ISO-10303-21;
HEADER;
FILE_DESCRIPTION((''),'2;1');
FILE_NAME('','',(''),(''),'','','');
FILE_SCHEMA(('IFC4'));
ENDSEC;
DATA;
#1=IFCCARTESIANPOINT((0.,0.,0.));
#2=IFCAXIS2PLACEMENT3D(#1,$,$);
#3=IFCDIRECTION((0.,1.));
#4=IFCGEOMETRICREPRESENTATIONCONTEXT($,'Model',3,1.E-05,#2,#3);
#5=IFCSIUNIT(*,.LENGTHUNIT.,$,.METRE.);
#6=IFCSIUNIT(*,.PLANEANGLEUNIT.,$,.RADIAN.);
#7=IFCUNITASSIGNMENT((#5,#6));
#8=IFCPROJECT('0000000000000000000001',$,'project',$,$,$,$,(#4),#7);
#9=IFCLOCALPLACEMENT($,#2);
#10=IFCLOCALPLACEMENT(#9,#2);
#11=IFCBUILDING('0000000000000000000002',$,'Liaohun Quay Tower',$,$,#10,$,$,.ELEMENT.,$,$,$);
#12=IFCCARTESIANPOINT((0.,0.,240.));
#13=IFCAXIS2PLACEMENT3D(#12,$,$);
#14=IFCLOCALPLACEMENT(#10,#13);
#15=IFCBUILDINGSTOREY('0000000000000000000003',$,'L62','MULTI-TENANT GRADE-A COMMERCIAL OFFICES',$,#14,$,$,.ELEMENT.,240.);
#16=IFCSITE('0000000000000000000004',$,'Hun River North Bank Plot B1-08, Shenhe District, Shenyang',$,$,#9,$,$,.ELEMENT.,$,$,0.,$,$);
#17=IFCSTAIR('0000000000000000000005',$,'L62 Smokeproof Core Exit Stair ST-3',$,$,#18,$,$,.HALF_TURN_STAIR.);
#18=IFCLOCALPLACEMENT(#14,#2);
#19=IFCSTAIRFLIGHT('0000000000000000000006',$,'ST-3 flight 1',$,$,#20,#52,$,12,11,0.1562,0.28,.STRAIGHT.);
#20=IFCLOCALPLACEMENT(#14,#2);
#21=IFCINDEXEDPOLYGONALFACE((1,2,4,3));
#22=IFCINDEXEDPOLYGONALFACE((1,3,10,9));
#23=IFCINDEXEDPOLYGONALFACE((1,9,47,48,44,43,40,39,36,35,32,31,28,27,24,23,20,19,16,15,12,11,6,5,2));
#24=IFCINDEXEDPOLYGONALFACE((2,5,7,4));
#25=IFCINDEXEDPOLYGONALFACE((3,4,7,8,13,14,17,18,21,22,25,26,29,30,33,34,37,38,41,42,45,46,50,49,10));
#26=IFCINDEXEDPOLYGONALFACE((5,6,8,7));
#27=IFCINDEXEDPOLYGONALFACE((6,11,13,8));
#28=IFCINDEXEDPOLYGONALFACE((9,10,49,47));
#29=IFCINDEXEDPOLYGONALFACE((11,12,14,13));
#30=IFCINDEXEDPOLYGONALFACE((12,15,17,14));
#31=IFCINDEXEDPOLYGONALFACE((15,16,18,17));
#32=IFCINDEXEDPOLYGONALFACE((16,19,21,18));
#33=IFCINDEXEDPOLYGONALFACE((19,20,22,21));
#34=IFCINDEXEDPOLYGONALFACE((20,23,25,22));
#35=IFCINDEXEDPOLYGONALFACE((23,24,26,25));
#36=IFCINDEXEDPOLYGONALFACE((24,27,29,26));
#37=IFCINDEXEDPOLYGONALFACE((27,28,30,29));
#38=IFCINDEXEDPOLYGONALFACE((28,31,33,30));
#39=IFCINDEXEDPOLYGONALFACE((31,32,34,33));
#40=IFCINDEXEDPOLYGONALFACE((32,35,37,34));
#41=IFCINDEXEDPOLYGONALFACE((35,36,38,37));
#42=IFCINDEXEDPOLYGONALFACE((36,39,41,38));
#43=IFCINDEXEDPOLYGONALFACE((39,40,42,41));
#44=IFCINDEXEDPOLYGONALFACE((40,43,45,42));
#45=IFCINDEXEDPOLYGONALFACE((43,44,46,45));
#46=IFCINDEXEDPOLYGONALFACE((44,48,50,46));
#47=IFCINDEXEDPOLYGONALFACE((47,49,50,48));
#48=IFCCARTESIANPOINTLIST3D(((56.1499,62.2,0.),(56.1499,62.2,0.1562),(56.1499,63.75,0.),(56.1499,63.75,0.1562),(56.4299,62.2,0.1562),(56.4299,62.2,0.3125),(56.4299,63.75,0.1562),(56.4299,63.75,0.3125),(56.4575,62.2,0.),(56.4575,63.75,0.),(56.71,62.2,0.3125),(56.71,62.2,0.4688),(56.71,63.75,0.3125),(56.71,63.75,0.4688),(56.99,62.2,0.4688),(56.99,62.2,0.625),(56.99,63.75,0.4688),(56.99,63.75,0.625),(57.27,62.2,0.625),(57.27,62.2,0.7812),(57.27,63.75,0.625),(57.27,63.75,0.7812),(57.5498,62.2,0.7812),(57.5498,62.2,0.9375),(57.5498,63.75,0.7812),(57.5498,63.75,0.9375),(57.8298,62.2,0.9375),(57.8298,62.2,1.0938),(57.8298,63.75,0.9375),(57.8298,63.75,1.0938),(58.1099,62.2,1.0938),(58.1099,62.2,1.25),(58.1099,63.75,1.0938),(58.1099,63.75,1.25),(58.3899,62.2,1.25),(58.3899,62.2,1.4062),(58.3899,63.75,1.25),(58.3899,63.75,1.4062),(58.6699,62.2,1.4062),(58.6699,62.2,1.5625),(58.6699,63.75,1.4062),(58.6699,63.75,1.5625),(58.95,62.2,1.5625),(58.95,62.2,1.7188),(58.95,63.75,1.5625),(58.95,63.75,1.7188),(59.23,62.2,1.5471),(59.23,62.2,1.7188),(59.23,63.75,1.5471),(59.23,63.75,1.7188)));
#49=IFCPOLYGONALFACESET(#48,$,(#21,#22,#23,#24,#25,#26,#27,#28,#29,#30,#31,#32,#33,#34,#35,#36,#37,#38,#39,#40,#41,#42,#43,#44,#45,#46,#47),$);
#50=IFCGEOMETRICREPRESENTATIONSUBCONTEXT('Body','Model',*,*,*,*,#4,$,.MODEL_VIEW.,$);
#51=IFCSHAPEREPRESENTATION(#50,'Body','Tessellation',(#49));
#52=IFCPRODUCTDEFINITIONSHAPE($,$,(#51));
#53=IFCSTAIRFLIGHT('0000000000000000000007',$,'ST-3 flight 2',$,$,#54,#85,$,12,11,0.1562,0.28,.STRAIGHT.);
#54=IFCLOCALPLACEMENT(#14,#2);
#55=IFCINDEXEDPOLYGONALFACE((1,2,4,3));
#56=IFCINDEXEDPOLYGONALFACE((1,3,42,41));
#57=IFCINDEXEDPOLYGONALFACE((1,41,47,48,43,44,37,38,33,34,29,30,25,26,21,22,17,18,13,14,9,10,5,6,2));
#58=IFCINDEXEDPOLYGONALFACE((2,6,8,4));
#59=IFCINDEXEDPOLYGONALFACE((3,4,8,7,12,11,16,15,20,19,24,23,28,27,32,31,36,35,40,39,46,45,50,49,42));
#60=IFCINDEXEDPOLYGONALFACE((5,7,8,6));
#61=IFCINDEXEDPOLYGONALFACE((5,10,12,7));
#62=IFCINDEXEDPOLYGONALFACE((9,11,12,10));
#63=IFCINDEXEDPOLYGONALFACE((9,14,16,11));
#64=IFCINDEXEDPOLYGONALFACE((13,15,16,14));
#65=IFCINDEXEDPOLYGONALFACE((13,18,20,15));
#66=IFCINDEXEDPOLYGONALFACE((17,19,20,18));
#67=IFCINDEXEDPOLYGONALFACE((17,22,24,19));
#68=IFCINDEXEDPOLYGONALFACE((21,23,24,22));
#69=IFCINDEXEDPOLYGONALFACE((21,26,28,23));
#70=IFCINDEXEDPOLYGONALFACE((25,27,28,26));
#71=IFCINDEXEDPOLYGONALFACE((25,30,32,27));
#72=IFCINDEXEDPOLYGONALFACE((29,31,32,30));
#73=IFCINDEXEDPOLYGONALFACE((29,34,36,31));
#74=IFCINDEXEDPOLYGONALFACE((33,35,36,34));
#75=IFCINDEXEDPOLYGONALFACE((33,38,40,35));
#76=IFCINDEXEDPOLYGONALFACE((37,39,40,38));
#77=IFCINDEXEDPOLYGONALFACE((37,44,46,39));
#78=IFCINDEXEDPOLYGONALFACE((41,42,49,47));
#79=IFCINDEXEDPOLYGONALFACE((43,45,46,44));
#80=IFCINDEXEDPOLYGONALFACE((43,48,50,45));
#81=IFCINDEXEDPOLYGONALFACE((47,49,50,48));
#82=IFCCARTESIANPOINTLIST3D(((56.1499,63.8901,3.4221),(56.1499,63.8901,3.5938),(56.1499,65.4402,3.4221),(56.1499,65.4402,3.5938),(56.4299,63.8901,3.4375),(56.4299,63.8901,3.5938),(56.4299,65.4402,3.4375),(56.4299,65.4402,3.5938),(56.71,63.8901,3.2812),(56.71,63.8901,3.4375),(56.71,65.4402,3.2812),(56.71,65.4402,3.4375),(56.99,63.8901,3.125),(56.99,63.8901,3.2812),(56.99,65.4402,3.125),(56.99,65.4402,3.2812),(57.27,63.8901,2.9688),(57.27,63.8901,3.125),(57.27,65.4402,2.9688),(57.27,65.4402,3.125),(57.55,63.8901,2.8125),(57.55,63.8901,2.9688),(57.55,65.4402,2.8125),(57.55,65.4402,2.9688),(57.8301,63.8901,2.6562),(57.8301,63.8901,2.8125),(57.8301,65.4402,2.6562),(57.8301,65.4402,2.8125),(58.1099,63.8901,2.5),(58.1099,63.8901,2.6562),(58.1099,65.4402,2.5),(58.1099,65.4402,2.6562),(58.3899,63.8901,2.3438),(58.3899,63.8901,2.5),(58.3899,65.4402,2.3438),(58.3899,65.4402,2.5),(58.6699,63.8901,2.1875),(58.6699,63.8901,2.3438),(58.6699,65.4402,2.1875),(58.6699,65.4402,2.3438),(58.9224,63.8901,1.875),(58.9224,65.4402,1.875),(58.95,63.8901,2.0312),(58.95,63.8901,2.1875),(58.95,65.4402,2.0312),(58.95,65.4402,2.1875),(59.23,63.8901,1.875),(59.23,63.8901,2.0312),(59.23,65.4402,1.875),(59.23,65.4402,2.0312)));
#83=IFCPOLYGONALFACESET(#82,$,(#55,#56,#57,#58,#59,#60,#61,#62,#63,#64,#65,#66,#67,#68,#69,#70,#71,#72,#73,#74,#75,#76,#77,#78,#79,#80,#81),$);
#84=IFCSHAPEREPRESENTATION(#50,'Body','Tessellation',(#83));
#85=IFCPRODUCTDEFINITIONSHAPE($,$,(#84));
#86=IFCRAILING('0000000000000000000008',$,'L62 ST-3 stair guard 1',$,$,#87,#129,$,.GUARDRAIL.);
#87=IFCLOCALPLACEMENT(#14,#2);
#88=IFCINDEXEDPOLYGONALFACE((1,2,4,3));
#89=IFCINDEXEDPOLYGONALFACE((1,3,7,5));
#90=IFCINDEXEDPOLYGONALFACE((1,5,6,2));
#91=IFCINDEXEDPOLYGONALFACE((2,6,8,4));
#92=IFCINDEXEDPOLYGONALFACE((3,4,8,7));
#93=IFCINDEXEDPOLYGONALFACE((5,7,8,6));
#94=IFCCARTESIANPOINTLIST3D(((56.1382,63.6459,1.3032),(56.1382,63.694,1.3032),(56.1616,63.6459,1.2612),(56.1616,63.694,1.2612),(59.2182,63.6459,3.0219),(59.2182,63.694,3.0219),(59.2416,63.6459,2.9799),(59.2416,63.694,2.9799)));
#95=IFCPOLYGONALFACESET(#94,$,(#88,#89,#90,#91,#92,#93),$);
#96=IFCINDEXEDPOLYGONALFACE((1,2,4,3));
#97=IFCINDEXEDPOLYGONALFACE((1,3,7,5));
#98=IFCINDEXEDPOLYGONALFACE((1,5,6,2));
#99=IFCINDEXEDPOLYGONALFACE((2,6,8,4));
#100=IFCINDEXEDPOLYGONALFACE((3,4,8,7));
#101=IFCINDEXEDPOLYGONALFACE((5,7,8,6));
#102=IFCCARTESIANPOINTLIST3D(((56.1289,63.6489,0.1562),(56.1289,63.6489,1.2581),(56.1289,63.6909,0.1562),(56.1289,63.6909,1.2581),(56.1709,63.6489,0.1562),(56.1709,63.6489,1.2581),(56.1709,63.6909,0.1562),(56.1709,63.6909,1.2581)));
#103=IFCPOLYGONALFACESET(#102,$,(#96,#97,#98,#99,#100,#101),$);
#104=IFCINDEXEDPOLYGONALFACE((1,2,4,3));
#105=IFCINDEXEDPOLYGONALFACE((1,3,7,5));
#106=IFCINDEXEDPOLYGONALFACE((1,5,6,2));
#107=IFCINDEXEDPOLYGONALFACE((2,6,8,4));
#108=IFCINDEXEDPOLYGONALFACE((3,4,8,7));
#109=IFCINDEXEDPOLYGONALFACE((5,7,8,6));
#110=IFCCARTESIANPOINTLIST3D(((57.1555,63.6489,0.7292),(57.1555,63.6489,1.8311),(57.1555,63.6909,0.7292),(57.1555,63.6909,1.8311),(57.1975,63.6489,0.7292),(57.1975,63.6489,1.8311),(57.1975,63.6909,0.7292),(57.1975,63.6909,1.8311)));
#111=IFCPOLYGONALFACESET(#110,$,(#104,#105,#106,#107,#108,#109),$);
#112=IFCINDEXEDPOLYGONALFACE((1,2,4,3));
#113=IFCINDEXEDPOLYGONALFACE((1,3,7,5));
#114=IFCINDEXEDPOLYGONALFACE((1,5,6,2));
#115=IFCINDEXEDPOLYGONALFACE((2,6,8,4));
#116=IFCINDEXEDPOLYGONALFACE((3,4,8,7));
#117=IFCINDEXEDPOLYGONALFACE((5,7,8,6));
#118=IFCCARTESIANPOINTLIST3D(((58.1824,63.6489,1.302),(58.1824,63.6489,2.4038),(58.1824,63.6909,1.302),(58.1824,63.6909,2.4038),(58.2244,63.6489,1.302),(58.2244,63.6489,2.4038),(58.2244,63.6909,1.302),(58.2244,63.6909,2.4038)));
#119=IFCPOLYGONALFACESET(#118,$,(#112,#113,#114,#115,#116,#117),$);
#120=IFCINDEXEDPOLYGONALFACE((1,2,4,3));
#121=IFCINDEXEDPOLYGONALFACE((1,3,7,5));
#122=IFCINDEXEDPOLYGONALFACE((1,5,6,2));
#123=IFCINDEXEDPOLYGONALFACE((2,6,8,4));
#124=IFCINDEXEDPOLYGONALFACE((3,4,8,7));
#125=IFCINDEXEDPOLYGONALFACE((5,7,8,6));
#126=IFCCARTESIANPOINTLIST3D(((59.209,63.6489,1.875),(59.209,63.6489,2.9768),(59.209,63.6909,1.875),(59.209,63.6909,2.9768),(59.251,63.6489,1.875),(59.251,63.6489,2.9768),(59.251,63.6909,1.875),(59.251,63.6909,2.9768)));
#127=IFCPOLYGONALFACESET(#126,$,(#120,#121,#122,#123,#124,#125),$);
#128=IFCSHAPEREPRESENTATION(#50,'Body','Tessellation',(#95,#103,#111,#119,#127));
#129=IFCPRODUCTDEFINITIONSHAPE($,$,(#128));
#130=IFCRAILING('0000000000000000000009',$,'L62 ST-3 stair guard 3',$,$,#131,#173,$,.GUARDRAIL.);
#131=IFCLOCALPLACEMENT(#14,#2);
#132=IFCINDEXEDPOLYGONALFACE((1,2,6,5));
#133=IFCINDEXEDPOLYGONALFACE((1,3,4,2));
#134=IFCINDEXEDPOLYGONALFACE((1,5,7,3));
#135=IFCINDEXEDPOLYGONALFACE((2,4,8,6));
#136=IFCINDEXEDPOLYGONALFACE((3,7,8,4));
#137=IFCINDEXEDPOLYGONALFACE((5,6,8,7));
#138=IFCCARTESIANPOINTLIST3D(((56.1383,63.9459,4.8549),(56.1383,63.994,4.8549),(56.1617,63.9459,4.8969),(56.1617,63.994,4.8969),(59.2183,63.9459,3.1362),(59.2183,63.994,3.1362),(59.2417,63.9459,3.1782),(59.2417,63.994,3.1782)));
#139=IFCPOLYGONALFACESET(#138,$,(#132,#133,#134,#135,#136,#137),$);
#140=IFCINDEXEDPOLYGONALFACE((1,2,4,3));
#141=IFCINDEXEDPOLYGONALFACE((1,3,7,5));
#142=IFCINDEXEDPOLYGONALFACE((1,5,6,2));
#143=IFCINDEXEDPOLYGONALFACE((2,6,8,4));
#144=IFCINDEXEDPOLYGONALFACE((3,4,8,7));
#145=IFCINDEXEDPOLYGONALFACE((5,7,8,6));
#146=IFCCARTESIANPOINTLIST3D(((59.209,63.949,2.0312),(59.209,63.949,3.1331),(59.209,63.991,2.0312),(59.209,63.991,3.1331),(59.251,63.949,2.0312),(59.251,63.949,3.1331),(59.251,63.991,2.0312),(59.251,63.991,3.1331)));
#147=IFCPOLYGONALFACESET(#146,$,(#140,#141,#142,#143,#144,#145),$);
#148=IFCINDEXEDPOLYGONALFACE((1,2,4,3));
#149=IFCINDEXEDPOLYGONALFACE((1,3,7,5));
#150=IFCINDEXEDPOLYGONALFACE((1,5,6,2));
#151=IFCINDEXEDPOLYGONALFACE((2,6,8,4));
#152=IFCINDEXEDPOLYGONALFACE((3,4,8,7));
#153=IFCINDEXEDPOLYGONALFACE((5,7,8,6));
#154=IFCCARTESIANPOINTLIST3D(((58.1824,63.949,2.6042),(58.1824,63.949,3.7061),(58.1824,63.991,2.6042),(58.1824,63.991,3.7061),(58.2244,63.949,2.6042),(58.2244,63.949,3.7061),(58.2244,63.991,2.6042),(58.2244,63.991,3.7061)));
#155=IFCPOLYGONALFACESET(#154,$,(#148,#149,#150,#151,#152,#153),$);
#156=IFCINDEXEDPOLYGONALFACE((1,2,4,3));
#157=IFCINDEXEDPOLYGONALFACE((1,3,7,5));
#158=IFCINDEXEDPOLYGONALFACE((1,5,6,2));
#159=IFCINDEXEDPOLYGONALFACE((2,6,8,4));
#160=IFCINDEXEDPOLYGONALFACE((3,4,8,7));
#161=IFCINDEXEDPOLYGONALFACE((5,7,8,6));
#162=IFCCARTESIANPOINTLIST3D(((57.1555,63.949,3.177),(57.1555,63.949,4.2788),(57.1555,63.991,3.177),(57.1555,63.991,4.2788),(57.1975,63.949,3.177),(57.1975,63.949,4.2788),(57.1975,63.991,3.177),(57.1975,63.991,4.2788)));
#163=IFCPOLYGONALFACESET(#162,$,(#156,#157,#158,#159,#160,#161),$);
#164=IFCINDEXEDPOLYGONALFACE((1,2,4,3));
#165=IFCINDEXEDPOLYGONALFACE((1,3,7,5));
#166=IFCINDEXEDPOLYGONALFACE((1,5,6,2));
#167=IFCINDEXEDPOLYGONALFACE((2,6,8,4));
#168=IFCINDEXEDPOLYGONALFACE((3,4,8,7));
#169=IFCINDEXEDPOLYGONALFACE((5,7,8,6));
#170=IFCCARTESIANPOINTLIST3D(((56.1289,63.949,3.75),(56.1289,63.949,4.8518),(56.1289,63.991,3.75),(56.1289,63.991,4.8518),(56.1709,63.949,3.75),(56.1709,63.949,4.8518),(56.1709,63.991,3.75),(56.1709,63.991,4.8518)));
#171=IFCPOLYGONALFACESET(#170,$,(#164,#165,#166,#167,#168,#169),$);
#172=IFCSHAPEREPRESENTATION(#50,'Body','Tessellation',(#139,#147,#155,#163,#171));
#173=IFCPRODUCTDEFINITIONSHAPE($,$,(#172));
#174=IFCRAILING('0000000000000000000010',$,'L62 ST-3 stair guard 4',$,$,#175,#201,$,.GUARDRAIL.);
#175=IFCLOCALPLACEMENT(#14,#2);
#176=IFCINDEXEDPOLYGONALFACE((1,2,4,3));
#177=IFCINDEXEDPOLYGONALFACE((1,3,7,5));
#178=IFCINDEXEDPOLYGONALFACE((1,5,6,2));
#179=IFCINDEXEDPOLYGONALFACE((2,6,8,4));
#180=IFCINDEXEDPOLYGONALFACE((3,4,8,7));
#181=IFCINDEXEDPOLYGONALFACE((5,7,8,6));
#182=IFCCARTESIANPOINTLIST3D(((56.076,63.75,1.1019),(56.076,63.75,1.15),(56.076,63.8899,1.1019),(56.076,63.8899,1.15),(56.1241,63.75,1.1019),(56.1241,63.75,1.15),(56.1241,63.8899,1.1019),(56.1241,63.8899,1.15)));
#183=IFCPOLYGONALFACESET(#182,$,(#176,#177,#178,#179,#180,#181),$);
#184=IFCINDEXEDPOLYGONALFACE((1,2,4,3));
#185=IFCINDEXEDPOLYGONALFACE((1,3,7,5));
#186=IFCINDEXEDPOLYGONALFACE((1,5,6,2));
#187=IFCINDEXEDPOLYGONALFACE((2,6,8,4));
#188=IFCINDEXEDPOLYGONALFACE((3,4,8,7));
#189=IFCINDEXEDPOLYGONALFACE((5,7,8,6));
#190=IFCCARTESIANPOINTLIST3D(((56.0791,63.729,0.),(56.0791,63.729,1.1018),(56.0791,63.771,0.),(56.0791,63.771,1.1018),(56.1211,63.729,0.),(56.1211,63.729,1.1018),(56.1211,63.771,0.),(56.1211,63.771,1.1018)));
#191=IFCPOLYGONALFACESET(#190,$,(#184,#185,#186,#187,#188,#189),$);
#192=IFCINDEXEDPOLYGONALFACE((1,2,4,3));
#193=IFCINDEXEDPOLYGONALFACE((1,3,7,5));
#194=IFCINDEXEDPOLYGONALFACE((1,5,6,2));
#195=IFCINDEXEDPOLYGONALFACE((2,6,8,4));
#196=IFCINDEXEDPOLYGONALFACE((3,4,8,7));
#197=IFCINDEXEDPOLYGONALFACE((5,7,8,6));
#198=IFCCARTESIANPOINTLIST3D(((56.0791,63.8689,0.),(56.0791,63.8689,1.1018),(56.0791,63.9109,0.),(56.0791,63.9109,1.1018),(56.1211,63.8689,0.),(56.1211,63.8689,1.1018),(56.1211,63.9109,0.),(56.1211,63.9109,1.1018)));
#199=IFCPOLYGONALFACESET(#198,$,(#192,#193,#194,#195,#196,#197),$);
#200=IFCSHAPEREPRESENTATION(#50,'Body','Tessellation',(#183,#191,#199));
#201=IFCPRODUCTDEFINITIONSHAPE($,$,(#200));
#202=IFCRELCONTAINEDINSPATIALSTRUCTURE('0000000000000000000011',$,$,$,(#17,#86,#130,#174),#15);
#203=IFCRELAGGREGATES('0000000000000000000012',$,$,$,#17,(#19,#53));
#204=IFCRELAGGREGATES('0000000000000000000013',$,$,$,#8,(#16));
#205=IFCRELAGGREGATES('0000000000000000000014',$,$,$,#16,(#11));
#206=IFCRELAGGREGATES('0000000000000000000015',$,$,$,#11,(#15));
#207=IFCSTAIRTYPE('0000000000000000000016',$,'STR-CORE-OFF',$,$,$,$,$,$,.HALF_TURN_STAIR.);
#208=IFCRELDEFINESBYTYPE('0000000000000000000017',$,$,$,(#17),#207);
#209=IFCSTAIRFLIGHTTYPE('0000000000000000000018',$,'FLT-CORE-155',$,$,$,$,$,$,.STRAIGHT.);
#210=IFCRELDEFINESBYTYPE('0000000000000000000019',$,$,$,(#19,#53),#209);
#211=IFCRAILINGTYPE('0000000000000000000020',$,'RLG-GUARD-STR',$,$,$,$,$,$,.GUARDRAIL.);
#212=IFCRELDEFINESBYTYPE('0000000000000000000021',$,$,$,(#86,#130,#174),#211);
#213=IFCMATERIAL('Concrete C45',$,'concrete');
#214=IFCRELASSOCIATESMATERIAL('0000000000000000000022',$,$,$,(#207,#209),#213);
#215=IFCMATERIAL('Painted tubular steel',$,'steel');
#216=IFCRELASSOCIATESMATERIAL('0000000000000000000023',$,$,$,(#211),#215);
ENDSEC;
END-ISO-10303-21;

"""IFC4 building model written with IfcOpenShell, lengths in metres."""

from ifc_helpers import new_model, si_unit, direction, frame, origin, origin_2d, place, context, subcontext, project, spatial, polyline, rectangle, outline, extrude, material, type_object, element, aggregate, save


model = new_model("IFC4")

# Units and contexts
model_context = context("Model", 3, precision=1e-05, world=origin(), true_north=direction((0.0, 1.0)))
body_context = subcontext(model_context, "Body", "Model", "MODEL_VIEW")
ifc_project = project(units=[si_unit("LENGTHUNIT", "METRE"), si_unit("PLANEANGLEUNIT", "RADIAN")], contexts=[model_context])

# Site, building, storey
site_placement = place(None, origin())
site = spatial("IfcSite", under=ifc_project, at=site_placement, Name="Hun River North Bank Plot B1-08, Shenhe District, Shenyang", CompositionType="ELEMENT", RefElevation=0.0)
building_placement = place(site_placement, origin())
building = spatial("IfcBuilding", under=site, at=building_placement, Name="Liaohun Quay Tower", CompositionType="ELEMENT")
storey_placement = place(building_placement, frame((0.0, 0.0, 240.0)))
storey = spatial("IfcBuildingStorey", under=building, at=storey_placement, Name="L62", Description="MULTI-TENANT GRADE-A COMMERCIAL OFFICES", CompositionType="ELEMENT", Elevation=240.0)

# Stair, stair flights
ifc_material_1 = material(Name="Concrete C45", Category="concrete")
stair_type = type_object("IfcStairType", Name="STR-CORE-OFF", PredefinedType="HALF_TURN_STAIR", material=ifc_material_1)
stair_placement = place(storey_placement, origin())
stair = element("IfcStair", 1, at=stair_placement, inside=storey, type_object=stair_type, Name="L62 Smokeproof Core Exit Stair ST-3", PredefinedType="HALF_TURN_STAIR")
stair_flight_type = type_object("IfcStairFlightType", Name="FLT-CORE-155", PredefinedType="STRAIGHT", material=ifc_material_1)
stair_flight_1_placement = place(storey_placement, frame((56.1499, 62.9751, 0.0), z_axis=(0.0, 0.0, 1.0), x_axis=(1.0, 0.0, 0.0)))
stair_flight_1 = element("IfcStairFlight", 2, at=stair_flight_1_placement, type_object=stair_flight_type, Name="ST-3 flight 1", NumberOfRisers=12, NumberOfTreads=11, PredefinedType="STRAIGHT", RiserHeight=0.1562, TreadLength=0.28, context=body_context, shape_type="SweptSolid", body=[
    extrude(outline(polyline([(0.0, 0.0), (0.0, 0.1562), (0.28, 0.1562), (0.28, 0.3125), (0.5601, 0.3125), (0.5601, 0.4688), (0.8401, 0.4688), (0.8401, 0.625), (1.1201, 0.625), (1.1201, 0.7812), (1.3999, 0.7812), (1.3999, 0.9375), (1.6799, 0.9375), (1.6799, 1.0938), (1.96, 1.0938), (1.96, 1.25), (2.24, 1.25), (2.24, 1.4062), (2.52, 1.4062), (2.52, 1.5625), (2.8, 1.5625), (2.8, 1.7188), (3.0801, 1.7188), (3.0801, 1.875), (3.0801, 1.5471), (0.3076, 0.0), (0.0, 0.0)])), frame((0.0, 0.7749, 0.0), z_axis=(0.0, -1.0, 0.0), x_axis=(1.0, 0.0, 0.0)), (0.0, 0.0, 1.0), 1.55),
])
stair_flight_2_placement = place(storey_placement, frame((59.23, 64.665, 1.875), z_axis=(0.0, 0.0, 1.0), x_axis=(-1.0, 0.0, 0.0)))
stair_flight_2 = element("IfcStairFlight", 3, at=stair_flight_2_placement, type_object=stair_flight_type, Name="ST-3 flight 2", NumberOfRisers=12, NumberOfTreads=11, PredefinedType="STRAIGHT", RiserHeight=0.1562, TreadLength=0.28, context=body_context, shape_type="SweptSolid", body=[
    extrude(outline(polyline([(0.0, 0.0), (0.0, 0.1562), (0.28, 0.1562), (0.28, 0.3125), (0.5601, 0.3125), (0.5601, 0.4688), (0.8401, 0.4688), (0.8401, 0.625), (1.1201, 0.625), (1.1201, 0.7812), (1.3999, 0.7812), (1.3999, 0.9375), (1.6799, 0.9375), (1.6799, 1.0938), (1.96, 1.0938), (1.96, 1.25), (2.24, 1.25), (2.24, 1.4062), (2.52, 1.4062), (2.52, 1.5625), (2.8, 1.5625), (2.8, 1.7188), (3.0801, 1.7188), (3.0801, 1.875), (3.0801, 1.5471), (0.3076, 0.0), (0.0, 0.0)])), frame((0.0, 0.7749, 0.0), z_axis=(0.0, -1.0, 0.0), x_axis=(1.0, 0.0, 0.0)), (0.0, 0.0, 1.0), 1.55),
])
aggregate(stair, [stair_flight_1, stair_flight_2])

# Railings
ifc_material_2 = material(Name="Painted tubular steel", Category="steel")
railing_type_1 = type_object("IfcRailingType", Name="RLG-GUARD-STR", PredefinedType="GUARDRAIL", material=ifc_material_2)
railing_1_placement = place(storey_placement, frame((56.1499, 63.6699, 0.1562)))
element("IfcRailing", 4, at=railing_1_placement, inside=storey, type_object=railing_type_1, Name="L62 ST-3 stair guard 1", PredefinedType="GUARDRAIL", context=body_context, shape_type="SweptSolid", body=[
    extrude(rectangle(XDim=0.0481, YDim=0.0481, at=origin_2d()), frame((0.0, 0.0, 1.126), z_axis=(0.873242, 0.0, 0.487288), x_axis=(0.0, 1.0, 0.0)), (0.0, 0.0, 1.0), 3.5271),
    extrude(rectangle(XDim=0.042, YDim=0.042, at=origin_2d()), origin(), (0.0, 0.0, 1.0), 1.1018),
    extrude(rectangle(XDim=0.042, YDim=0.042, at=origin_2d()), frame((1.0266, 0.0, 0.573)), (0.0, 0.0, 1.0), 1.1018),
    extrude(rectangle(XDim=0.042, YDim=0.042, at=origin_2d()), frame((2.0535, 0.0, 1.1458)), (0.0, 0.0, 1.0), 1.1018),
    extrude(rectangle(XDim=0.042, YDim=0.042, at=origin_2d()), frame((3.0801, 0.0, 1.7188)), (0.0, 0.0, 1.0), 1.1018),
])
railing_2_placement = place(storey_placement, frame((59.23, 63.97, 2.0312)))
element("IfcRailing", 5, at=railing_2_placement, inside=storey, type_object=railing_type_1, Name="L62 ST-3 stair guard 3", PredefinedType="GUARDRAIL", context=body_context, shape_type="SweptSolid", body=[
    extrude(rectangle(XDim=0.0481, YDim=0.0481, at=origin_2d()), frame((0.0, 0.0, 1.126), z_axis=(-0.873242, 0.0, 0.487288), x_axis=(0.0, -1.0, 0.0)), (0.0, 0.0, 1.0), 3.5271),
    extrude(rectangle(XDim=0.042, YDim=0.042, at=origin_2d()), origin(), (0.0, 0.0, 1.0), 1.1018),
    extrude(rectangle(XDim=0.042, YDim=0.042, at=origin_2d()), frame((-1.0266, 0.0, 0.573)), (0.0, 0.0, 1.0), 1.1018),
    extrude(rectangle(XDim=0.042, YDim=0.042, at=origin_2d()), frame((-2.0535, 0.0, 1.1458)), (0.0, 0.0, 1.0), 1.1018),
    extrude(rectangle(XDim=0.042, YDim=0.042, at=origin_2d()), frame((-3.0801, 0.0, 1.7188)), (0.0, 0.0, 1.0), 1.1018),
])
railing_3_placement = place(storey_placement, frame((56.1001, 63.75, 0.0)))
element("IfcRailing", 6, at=railing_3_placement, inside=storey, type_object=railing_type_1, Name="L62 ST-3 stair guard 4", PredefinedType="GUARDRAIL", context=body_context, shape_type="SweptSolid", body=[
    extrude(rectangle(XDim=0.0481, YDim=0.0481, at=origin_2d()), frame((0.0, 0.0, 1.126), z_axis=(0.0, 1.0, 0.0), x_axis=(-1.0, 0.0, 0.0)), (0.0, 0.0, 1.0), 0.1399),
    extrude(rectangle(XDim=0.042, YDim=0.042, at=origin_2d()), origin(), (0.0, 0.0, 1.0), 1.1018),
    extrude(rectangle(XDim=0.042, YDim=0.042, at=origin_2d()), frame((0.0, 0.1399, 0.0)), (0.0, 0.0, 1.0), 1.1018),
])

save(model, "model.ifc")
